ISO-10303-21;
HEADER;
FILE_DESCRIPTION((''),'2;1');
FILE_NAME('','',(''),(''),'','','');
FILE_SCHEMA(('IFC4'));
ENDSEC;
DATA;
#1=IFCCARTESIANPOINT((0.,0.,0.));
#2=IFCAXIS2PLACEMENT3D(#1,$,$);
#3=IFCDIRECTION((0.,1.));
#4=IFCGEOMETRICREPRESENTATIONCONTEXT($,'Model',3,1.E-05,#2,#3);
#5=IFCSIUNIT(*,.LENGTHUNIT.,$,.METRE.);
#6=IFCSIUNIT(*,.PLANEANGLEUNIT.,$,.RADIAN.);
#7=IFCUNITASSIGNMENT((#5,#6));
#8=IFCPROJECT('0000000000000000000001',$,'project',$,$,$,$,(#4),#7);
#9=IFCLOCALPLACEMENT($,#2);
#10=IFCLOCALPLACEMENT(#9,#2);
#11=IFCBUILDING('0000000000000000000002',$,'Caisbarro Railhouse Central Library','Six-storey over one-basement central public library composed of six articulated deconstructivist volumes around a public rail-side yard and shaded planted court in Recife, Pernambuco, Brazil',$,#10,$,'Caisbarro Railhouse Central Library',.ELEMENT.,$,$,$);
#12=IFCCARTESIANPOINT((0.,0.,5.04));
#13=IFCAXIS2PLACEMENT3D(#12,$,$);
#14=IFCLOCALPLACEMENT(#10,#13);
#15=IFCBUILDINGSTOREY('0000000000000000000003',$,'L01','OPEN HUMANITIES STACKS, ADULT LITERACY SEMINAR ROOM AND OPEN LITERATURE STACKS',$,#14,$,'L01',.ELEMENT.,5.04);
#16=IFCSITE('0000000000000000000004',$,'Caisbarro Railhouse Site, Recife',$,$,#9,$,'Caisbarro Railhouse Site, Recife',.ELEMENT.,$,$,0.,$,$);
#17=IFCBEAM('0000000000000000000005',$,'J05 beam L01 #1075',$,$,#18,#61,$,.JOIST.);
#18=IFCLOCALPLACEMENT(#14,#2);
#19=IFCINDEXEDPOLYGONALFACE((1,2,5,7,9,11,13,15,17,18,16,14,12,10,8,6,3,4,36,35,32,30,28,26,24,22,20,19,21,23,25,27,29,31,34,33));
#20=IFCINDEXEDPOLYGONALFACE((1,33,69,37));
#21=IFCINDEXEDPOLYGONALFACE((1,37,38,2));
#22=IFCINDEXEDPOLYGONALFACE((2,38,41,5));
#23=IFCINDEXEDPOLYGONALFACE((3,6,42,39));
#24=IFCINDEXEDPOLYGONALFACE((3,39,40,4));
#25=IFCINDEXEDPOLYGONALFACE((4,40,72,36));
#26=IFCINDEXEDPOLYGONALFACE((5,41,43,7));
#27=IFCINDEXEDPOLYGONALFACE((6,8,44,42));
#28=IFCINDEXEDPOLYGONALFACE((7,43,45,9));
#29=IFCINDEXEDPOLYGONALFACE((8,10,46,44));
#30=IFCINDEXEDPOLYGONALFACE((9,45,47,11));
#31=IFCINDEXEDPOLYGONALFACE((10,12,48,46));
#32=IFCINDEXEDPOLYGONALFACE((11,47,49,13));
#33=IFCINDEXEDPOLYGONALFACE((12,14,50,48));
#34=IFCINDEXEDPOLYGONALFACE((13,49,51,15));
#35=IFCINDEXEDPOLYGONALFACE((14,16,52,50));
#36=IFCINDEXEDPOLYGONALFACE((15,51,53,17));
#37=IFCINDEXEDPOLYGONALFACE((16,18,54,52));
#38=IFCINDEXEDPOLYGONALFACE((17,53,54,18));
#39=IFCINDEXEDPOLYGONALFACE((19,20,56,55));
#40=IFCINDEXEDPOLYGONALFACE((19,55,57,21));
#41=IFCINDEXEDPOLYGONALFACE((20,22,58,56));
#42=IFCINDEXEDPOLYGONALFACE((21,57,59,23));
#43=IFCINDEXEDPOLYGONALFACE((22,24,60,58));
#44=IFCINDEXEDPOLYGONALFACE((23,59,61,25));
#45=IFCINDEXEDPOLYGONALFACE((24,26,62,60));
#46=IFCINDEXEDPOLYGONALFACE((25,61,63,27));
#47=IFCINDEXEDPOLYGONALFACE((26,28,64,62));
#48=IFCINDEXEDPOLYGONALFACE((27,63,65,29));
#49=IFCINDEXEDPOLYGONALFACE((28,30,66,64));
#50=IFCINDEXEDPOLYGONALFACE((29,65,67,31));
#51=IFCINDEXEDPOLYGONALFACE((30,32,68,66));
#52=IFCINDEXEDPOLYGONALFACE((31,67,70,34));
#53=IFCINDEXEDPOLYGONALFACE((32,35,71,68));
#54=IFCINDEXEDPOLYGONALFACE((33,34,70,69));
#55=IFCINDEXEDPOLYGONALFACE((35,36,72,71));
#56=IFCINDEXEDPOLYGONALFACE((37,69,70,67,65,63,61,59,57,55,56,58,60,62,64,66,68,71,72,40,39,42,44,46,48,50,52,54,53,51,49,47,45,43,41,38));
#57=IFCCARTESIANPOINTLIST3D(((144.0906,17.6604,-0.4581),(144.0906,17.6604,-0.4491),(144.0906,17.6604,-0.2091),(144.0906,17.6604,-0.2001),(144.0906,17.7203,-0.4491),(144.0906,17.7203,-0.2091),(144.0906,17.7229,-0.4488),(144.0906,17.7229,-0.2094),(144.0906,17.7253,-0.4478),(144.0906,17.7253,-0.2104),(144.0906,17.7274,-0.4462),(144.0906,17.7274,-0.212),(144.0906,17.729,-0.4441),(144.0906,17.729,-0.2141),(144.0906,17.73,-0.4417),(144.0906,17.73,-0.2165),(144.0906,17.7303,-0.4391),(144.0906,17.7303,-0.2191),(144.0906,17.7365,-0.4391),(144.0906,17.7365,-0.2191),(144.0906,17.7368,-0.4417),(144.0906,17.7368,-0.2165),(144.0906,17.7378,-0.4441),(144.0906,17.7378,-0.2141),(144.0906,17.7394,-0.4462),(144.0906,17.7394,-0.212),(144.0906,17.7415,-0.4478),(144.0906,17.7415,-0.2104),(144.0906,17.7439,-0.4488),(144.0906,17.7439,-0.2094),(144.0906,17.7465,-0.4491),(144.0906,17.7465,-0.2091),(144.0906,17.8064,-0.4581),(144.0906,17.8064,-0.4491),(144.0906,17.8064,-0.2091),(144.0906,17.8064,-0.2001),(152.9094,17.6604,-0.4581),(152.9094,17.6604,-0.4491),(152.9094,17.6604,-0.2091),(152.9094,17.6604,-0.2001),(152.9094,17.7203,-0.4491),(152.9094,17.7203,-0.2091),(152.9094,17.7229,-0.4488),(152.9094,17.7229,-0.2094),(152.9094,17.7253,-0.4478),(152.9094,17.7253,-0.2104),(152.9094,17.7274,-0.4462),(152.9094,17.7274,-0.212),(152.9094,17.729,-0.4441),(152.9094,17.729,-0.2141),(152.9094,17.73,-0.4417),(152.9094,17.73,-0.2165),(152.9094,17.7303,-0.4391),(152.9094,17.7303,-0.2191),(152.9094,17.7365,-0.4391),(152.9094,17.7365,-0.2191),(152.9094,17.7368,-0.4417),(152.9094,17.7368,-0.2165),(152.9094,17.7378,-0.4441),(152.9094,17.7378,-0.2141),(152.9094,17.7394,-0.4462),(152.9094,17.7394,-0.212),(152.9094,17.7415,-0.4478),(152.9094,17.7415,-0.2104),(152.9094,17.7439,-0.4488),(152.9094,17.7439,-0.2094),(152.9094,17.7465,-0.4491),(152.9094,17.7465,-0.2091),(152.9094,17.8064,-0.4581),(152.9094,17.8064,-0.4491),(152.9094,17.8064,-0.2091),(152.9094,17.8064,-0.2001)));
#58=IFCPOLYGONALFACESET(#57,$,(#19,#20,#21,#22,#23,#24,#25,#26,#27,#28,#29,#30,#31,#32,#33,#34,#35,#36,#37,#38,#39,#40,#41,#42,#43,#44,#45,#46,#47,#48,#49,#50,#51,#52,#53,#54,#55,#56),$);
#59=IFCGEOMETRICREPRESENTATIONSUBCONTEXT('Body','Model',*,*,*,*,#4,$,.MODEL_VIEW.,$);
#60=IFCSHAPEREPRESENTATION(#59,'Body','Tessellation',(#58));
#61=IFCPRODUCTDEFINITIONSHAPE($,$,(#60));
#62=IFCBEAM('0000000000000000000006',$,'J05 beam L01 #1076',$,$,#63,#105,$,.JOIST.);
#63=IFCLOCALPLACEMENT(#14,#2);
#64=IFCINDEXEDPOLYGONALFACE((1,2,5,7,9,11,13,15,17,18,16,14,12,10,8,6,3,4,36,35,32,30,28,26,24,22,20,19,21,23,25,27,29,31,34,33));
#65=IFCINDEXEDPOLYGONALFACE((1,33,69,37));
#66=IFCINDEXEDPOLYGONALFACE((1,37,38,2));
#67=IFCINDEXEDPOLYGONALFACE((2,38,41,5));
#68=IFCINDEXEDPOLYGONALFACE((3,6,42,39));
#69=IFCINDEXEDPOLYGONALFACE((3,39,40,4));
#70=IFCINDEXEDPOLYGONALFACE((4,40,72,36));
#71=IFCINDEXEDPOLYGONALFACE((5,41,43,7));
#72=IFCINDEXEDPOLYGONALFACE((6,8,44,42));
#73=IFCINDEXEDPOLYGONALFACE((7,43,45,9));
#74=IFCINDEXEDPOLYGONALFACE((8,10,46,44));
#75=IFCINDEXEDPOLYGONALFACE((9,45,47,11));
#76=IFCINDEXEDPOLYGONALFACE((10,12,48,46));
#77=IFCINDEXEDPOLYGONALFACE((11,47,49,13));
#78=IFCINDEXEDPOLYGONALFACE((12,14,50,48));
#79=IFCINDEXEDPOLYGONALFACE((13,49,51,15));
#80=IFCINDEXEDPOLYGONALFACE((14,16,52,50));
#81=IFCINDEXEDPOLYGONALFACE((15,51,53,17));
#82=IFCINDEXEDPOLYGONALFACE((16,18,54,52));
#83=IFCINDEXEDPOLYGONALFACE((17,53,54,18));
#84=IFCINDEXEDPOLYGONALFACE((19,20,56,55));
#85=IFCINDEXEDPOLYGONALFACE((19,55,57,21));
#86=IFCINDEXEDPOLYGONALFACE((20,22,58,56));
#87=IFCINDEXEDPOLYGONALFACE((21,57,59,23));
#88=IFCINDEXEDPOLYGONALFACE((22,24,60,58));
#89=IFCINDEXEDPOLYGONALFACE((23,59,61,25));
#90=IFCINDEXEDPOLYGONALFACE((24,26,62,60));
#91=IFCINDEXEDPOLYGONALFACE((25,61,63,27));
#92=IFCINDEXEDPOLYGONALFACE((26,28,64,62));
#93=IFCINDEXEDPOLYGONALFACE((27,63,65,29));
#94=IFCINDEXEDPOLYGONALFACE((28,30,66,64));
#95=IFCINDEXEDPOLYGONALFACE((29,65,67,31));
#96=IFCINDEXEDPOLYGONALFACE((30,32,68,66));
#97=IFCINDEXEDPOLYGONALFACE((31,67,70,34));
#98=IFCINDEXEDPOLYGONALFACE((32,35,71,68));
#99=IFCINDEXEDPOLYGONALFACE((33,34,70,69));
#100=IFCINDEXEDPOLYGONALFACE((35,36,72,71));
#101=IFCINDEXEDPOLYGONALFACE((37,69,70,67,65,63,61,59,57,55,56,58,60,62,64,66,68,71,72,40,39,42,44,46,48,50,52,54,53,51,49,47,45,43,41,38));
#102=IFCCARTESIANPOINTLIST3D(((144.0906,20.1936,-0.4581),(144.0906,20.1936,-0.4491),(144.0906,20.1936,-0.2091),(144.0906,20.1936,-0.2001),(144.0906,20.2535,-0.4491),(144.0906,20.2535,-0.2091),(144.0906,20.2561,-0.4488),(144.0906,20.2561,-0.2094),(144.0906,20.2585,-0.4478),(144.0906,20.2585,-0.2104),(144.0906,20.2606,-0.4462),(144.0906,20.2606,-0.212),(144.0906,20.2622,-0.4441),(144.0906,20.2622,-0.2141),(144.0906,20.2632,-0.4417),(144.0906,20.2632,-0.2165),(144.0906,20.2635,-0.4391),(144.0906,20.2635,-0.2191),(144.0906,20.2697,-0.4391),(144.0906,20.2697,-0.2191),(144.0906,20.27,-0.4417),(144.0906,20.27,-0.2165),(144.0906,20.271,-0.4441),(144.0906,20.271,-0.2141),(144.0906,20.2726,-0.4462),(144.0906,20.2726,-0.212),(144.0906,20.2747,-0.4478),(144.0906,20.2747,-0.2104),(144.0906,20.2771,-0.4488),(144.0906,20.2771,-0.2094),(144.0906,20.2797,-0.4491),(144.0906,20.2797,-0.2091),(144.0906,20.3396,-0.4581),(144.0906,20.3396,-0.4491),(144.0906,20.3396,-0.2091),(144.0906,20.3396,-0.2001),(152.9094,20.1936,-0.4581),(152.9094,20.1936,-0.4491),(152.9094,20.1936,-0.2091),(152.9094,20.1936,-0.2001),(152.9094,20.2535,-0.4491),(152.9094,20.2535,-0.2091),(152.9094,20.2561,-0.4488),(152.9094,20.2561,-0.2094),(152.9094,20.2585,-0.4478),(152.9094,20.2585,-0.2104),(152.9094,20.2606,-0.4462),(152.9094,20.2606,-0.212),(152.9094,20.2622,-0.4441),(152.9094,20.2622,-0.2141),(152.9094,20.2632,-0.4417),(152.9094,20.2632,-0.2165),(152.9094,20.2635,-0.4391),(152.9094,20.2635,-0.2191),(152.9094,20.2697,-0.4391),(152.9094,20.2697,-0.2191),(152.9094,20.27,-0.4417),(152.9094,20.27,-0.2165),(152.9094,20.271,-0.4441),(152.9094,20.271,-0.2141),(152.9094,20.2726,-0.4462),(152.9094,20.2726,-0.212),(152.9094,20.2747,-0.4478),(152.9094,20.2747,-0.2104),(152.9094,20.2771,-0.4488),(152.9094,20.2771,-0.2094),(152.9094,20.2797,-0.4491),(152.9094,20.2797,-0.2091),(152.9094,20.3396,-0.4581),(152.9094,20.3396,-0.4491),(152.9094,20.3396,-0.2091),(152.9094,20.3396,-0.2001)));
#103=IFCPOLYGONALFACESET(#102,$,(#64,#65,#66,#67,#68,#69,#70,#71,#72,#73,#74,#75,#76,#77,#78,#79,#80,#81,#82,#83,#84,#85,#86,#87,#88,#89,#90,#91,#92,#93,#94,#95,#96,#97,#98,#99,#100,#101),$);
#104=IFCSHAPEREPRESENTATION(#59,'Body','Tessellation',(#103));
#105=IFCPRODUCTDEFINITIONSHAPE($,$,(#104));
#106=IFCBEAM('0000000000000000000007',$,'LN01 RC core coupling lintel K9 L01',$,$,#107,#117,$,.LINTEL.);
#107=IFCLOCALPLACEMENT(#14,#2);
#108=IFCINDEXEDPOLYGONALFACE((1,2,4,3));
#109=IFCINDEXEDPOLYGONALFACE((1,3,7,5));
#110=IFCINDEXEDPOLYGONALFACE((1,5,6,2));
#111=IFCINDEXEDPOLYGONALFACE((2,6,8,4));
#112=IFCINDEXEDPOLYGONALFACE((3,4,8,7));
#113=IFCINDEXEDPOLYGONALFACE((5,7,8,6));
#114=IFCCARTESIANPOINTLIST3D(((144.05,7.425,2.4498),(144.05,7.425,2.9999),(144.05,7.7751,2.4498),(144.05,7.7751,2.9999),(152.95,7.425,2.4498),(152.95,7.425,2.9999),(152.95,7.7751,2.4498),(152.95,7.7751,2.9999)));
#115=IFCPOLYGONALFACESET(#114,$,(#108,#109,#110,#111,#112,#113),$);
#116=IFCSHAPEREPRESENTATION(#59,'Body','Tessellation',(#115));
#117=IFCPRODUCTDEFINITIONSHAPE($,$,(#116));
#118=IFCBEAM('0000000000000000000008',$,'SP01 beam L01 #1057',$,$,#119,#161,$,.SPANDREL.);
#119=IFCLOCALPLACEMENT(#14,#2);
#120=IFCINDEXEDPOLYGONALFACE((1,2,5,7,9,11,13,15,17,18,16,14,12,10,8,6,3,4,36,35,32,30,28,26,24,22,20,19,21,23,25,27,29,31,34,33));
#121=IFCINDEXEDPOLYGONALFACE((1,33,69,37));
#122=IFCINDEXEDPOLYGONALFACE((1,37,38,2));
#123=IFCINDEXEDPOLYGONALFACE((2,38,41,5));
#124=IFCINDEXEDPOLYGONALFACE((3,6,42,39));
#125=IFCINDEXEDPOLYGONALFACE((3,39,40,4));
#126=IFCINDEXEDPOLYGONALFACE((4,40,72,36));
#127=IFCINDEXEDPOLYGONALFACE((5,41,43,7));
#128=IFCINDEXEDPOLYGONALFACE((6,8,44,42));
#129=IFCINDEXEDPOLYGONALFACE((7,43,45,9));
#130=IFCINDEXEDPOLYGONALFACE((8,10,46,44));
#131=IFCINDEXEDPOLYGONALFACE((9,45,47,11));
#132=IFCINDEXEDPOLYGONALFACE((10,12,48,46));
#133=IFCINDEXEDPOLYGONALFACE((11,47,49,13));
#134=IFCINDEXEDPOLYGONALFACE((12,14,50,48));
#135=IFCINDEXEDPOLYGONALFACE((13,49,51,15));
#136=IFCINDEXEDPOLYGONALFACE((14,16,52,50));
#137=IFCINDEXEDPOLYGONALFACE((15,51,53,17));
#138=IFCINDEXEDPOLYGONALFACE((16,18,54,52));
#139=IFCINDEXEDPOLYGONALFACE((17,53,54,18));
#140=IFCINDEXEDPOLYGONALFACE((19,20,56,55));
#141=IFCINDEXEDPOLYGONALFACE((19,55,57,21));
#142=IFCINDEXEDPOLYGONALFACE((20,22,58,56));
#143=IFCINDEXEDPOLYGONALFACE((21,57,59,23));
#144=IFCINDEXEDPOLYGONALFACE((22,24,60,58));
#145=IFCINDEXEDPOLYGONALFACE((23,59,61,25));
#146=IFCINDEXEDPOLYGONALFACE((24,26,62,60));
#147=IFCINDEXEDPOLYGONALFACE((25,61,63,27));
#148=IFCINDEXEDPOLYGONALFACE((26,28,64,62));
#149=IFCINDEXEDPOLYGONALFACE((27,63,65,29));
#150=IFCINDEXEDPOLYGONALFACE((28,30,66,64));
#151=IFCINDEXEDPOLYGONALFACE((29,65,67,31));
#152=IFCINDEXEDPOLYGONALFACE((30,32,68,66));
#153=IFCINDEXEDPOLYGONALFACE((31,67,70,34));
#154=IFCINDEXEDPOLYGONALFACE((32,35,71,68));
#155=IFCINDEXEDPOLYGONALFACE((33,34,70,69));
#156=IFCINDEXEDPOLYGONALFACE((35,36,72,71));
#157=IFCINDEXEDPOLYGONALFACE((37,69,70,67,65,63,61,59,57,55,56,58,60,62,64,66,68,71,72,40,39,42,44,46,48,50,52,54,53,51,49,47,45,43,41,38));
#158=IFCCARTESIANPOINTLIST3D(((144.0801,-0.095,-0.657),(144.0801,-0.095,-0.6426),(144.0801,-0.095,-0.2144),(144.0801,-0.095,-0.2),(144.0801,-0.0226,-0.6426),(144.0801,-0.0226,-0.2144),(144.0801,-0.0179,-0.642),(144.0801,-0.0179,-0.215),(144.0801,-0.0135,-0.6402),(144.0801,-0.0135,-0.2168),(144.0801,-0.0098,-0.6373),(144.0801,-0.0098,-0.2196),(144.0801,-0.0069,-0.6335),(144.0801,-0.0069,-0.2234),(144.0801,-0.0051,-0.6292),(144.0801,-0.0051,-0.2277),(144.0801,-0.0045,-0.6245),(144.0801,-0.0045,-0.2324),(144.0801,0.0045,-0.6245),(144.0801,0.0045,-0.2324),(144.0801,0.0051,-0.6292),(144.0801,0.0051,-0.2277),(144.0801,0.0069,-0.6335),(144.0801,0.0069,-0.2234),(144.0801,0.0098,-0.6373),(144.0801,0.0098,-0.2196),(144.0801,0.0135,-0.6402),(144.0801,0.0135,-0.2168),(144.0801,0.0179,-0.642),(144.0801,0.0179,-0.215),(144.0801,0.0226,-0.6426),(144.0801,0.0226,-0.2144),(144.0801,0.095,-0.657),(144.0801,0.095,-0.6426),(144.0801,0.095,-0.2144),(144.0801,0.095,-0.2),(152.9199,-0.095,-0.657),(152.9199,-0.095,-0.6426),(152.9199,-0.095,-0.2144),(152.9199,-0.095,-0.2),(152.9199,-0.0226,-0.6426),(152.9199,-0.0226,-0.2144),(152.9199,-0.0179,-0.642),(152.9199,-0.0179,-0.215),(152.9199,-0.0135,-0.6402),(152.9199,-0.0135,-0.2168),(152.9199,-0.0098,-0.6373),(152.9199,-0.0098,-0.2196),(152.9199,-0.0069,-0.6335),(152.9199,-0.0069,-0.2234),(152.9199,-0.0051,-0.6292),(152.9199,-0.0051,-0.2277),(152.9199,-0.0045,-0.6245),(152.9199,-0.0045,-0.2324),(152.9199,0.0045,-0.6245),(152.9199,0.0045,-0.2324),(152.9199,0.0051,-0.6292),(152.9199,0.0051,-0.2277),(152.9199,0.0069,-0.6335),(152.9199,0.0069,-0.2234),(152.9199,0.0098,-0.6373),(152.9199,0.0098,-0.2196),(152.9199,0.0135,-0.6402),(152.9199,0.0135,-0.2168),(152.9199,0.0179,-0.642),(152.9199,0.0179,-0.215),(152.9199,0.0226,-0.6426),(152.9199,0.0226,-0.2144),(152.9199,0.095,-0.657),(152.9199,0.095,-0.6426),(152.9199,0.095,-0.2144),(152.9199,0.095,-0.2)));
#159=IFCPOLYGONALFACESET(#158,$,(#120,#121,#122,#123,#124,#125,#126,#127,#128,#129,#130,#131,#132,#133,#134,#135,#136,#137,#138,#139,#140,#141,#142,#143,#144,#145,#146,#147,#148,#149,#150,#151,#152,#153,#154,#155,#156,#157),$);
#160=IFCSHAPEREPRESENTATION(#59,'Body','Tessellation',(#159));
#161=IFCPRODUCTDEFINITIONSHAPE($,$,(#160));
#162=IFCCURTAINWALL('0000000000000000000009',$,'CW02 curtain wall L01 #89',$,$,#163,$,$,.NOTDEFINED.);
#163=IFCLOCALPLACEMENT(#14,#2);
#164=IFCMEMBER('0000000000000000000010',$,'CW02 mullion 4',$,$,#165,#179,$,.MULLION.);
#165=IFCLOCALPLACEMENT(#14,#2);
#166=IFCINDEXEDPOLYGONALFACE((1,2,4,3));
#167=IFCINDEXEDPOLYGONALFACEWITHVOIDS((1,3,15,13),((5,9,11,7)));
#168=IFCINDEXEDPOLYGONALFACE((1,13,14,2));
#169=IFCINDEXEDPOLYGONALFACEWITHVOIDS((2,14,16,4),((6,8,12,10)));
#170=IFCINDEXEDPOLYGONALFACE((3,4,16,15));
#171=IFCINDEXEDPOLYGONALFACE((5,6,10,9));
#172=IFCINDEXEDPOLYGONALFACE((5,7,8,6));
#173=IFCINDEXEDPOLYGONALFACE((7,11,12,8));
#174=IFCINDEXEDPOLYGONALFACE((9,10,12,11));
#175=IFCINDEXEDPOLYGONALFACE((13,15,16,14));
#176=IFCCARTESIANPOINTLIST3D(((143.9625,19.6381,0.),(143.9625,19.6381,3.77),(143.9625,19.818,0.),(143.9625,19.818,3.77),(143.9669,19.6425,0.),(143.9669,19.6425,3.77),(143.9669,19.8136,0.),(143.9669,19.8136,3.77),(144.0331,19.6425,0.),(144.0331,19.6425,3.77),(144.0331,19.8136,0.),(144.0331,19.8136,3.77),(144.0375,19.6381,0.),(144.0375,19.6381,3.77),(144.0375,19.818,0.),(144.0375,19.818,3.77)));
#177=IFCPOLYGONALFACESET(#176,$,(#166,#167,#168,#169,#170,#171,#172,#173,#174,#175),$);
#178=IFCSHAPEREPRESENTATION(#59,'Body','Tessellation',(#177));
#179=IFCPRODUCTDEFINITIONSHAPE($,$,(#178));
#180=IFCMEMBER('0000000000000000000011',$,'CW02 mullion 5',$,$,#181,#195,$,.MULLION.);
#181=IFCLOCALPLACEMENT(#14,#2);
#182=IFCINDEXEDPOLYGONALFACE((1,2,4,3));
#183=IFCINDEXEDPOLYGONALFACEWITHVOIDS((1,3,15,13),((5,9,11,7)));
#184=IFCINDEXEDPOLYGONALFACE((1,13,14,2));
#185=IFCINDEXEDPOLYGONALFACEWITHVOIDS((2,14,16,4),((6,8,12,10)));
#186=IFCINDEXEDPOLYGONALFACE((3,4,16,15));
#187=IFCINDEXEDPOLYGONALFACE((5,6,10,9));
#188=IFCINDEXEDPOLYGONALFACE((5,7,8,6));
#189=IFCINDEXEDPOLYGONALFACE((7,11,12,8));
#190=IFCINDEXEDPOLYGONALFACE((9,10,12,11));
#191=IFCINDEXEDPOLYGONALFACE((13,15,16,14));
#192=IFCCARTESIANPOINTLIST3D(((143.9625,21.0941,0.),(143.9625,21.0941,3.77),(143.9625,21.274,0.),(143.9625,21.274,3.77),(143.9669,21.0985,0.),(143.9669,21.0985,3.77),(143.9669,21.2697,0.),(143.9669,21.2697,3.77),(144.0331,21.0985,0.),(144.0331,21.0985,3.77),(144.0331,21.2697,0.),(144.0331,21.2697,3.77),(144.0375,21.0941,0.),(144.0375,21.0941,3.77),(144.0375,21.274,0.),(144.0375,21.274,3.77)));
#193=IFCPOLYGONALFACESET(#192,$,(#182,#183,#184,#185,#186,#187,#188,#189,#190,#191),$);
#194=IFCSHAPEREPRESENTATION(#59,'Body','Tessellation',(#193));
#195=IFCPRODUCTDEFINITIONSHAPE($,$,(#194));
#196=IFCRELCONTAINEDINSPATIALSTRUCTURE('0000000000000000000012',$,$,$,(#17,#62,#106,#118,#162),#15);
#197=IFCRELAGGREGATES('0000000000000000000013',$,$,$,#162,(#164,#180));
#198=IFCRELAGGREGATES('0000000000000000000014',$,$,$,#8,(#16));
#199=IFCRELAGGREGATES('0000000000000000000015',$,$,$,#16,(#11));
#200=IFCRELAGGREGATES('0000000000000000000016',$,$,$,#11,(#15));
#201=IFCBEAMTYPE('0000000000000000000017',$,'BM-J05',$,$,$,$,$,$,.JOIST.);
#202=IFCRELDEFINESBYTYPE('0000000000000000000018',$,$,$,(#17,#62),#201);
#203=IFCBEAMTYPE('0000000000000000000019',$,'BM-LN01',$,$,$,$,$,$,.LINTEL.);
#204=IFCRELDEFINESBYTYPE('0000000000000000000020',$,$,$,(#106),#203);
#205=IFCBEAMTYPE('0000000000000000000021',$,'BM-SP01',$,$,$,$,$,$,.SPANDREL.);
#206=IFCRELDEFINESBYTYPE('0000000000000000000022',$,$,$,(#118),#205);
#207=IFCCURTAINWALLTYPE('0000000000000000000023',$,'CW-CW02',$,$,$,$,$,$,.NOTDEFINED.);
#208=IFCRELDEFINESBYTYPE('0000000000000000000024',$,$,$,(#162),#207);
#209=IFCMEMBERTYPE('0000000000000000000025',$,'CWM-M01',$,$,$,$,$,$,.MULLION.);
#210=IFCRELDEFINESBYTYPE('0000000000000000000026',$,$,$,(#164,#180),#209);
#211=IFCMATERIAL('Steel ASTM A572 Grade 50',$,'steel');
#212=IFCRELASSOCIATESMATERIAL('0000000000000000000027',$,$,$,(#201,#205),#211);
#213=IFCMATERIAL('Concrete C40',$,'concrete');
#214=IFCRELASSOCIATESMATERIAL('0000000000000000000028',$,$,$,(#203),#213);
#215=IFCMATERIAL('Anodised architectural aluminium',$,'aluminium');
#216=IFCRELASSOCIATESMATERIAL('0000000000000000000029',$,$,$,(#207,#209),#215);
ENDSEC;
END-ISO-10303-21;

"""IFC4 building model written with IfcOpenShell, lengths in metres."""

from ifc_helpers import new_model, si_unit, direction, frame, origin, origin_2d, place, context, subcontext, project, spatial, rectangle, hollow_rectangle, i_section, extrude, material, material_profile, profile_set, type_object, element, aggregate, save


model = new_model("IFC4")

# Units and contexts
model_context = context("Model", 3, precision=1e-05, world=origin(), true_north=direction((0.0, 1.0)))
body_context = subcontext(model_context, "Body", "Model", "MODEL_VIEW")
ifc_project = project(units=[si_unit("LENGTHUNIT", "METRE"), si_unit("PLANEANGLEUNIT", "RADIAN")], contexts=[model_context])

# Site, building, storey
site_placement = place(None, origin())
site = spatial("IfcSite", under=ifc_project, at=site_placement, Name="Caisbarro Railhouse Site, Recife", LongName="Caisbarro Railhouse Site, Recife", CompositionType="ELEMENT", RefElevation=0.0)
building_placement = place(site_placement, origin())
building = spatial("IfcBuilding", under=site, at=building_placement, Name="Caisbarro Railhouse Central Library", Description="Six-storey over one-basement central public library composed of six articulated deconstructivist volumes around a public rail-side yard and shaded planted court in Recife, Pernambuco, Brazil", LongName="Caisbarro Railhouse Central Library", CompositionType="ELEMENT")
storey_placement = place(building_placement, frame((0.0, 0.0, 5.04)))
storey = spatial("IfcBuildingStorey", under=building, at=storey_placement, Name="L01", Description="OPEN HUMANITIES STACKS, ADULT LITERACY SEMINAR ROOM AND OPEN LITERATURE STACKS", LongName="L01", CompositionType="ELEMENT", Elevation=5.04)

# Beams
ifc_material_1 = material(Name="Steel ASTM A572 Grade 50", Category="steel")
ifc_material_profile_1 = material_profile(ifc_material_1, i_section(OverallWidth=0.146, OverallDepth=0.2581, WebThickness=0.0061, FlangeThickness=0.009, FilletRadius=0.01, at=origin_2d()), Name="W250X32.7")
ifc_profile_set_1 = profile_set([ifc_material_profile_1], Name="Steel ASTM A572 Grade 50")
beam_type_1 = type_object("IfcBeamType", Name="BM-J05", PredefinedType="JOIST", material=ifc_profile_set_1)
for number, where, z_axis, x_axis, name in (
    (1, (144.0906, 17.7334, -0.3291), (1.0, 0.0, 0.0), (0.0, 1.0, 0.0), "J05 beam L01 #1075"),
    (2, (144.0906, 20.2666, -0.3291), (1.0, 0.0, 0.0), (0.0, 1.0, 0.0), "J05 beam L01 #1076"),
):
    element("IfcBeam", number, at=place(storey_placement, frame(where, z_axis=z_axis, x_axis=x_axis)), inside=storey, type_object=beam_type_1, Name=name, PredefinedType="JOIST", context=body_context, shape_type="SweptSolid", body=[
        extrude(i_section(OverallWidth=0.146, OverallDepth=0.2581, WebThickness=0.0061, FlangeThickness=0.009, FilletRadius=0.01, at=origin_2d()), origin(), (0.0, 0.0, 1.0), 8.8188),
    ])
ifc_material_2 = material(Name="Concrete C40", Category="concrete")
ifc_material_profile_2 = material_profile(ifc_material_2, rectangle(XDim=0.3501, YDim=0.55, at=origin_2d()), Name="RC-LIN-350X550")
ifc_profile_set_2 = profile_set([ifc_material_profile_2], Name="Concrete C40")
beam_type_2 = type_object("IfcBeamType", Name="BM-LN01", PredefinedType="LINTEL", material=ifc_profile_set_2)
beam_1_placement = place(storey_placement, frame((144.05, 7.6001, 2.7249), z_axis=(1.0, 0.0, 0.0), x_axis=(0.0, 1.0, 0.0)))
element("IfcBeam", 3, at=beam_1_placement, inside=storey, type_object=beam_type_2, Name="LN01 RC core coupling lintel K9 L01", PredefinedType="LINTEL", context=body_context, shape_type="SweptSolid", body=[
    extrude(rectangle(XDim=0.3501, YDim=0.55, at=origin_2d()), origin(), (0.0, 0.0, 1.0), 8.8999),
])
ifc_material_profile_3 = material_profile(ifc_material_1, i_section(OverallWidth=0.1899, OverallDepth=0.457, WebThickness=0.009, FlangeThickness=0.0144, FilletRadius=0.0181, at=origin_2d()), Name="W460X74.0")
ifc_profile_set_3 = profile_set([ifc_material_profile_3], Name="Steel ASTM A572 Grade 50")
beam_type_3 = type_object("IfcBeamType", Name="BM-SP01", PredefinedType="SPANDREL", material=ifc_profile_set_3)
beam_2_placement = place(storey_placement, frame((144.0801, 0.0, -0.4285), z_axis=(1.0, 0.0, 0.0), x_axis=(0.0, 1.0, 0.0)))
element("IfcBeam", 4, at=beam_2_placement, inside=storey, type_object=beam_type_3, Name="SP01 beam L01 #1057", PredefinedType="SPANDREL", context=body_context, shape_type="SweptSolid", body=[
    extrude(i_section(OverallWidth=0.1899, OverallDepth=0.457, WebThickness=0.009, FlangeThickness=0.0144, FilletRadius=0.0181, at=origin_2d()), origin(), (0.0, 0.0, 1.0), 8.8398),
])

# Curtain wall, members
ifc_material_3 = material(Name="Anodised architectural aluminium", Category="aluminium")
curtain_wall_type = type_object("IfcCurtainWallType", Name="CW-CW02", PredefinedType="NOTDEFINED", material=ifc_material_3)
curtain_wall_placement = place(storey_placement, origin())
curtain_wall = element("IfcCurtainWall", 5, at=curtain_wall_placement, inside=storey, type_object=curtain_wall_type, Name="CW02 curtain wall L01 #89", PredefinedType="NOTDEFINED")
ifc_material_profile_4 = material_profile(ifc_material_3, hollow_rectangle(XDim=0.075, YDim=0.1799, WallThickness=0.0044, at=origin_2d()), Name="ALU-MUL-75X180")
ifc_profile_set_4 = profile_set([ifc_material_profile_4], Name="Anodised architectural aluminium")
member_type_1 = type_object("IfcMemberType", Name="CWM-M01", PredefinedType="MULLION", material=ifc_profile_set_4)
member_1_placement = place(storey_placement, frame((144.0, 19.728, 0.0), z_axis=(0.0, 0.0, 1.0), x_axis=(-1.0, 0.0, 0.0)))
member_1 = element("IfcMember", 6, at=member_1_placement, type_object=member_type_1, Name="CW02 mullion 4", PredefinedType="MULLION", context=body_context, shape_type="SweptSolid", body=[
    extrude(hollow_rectangle(XDim=0.075, YDim=0.1799, WallThickness=0.0044, at=origin_2d()), origin(), (0.0, 0.0, 1.0), 3.77),
])
member_2_placement = place(storey_placement, frame((144.0, 21.1841, 0.0), z_axis=(0.0, 0.0, 1.0), x_axis=(-1.0, 0.0, 0.0)))
member_2 = element("IfcMember", 7, at=member_2_placement, type_object=member_type_1, Name="CW02 mullion 5", PredefinedType="MULLION", context=body_context, shape_type="SweptSolid", body=[
    extrude(hollow_rectangle(XDim=0.075, YDim=0.1799, WallThickness=0.0044, at=origin_2d()), origin(), (0.0, 0.0, 1.0), 3.77),
])
aggregate(curtain_wall, [member_1, member_2])

save(model, "model.ifc")
